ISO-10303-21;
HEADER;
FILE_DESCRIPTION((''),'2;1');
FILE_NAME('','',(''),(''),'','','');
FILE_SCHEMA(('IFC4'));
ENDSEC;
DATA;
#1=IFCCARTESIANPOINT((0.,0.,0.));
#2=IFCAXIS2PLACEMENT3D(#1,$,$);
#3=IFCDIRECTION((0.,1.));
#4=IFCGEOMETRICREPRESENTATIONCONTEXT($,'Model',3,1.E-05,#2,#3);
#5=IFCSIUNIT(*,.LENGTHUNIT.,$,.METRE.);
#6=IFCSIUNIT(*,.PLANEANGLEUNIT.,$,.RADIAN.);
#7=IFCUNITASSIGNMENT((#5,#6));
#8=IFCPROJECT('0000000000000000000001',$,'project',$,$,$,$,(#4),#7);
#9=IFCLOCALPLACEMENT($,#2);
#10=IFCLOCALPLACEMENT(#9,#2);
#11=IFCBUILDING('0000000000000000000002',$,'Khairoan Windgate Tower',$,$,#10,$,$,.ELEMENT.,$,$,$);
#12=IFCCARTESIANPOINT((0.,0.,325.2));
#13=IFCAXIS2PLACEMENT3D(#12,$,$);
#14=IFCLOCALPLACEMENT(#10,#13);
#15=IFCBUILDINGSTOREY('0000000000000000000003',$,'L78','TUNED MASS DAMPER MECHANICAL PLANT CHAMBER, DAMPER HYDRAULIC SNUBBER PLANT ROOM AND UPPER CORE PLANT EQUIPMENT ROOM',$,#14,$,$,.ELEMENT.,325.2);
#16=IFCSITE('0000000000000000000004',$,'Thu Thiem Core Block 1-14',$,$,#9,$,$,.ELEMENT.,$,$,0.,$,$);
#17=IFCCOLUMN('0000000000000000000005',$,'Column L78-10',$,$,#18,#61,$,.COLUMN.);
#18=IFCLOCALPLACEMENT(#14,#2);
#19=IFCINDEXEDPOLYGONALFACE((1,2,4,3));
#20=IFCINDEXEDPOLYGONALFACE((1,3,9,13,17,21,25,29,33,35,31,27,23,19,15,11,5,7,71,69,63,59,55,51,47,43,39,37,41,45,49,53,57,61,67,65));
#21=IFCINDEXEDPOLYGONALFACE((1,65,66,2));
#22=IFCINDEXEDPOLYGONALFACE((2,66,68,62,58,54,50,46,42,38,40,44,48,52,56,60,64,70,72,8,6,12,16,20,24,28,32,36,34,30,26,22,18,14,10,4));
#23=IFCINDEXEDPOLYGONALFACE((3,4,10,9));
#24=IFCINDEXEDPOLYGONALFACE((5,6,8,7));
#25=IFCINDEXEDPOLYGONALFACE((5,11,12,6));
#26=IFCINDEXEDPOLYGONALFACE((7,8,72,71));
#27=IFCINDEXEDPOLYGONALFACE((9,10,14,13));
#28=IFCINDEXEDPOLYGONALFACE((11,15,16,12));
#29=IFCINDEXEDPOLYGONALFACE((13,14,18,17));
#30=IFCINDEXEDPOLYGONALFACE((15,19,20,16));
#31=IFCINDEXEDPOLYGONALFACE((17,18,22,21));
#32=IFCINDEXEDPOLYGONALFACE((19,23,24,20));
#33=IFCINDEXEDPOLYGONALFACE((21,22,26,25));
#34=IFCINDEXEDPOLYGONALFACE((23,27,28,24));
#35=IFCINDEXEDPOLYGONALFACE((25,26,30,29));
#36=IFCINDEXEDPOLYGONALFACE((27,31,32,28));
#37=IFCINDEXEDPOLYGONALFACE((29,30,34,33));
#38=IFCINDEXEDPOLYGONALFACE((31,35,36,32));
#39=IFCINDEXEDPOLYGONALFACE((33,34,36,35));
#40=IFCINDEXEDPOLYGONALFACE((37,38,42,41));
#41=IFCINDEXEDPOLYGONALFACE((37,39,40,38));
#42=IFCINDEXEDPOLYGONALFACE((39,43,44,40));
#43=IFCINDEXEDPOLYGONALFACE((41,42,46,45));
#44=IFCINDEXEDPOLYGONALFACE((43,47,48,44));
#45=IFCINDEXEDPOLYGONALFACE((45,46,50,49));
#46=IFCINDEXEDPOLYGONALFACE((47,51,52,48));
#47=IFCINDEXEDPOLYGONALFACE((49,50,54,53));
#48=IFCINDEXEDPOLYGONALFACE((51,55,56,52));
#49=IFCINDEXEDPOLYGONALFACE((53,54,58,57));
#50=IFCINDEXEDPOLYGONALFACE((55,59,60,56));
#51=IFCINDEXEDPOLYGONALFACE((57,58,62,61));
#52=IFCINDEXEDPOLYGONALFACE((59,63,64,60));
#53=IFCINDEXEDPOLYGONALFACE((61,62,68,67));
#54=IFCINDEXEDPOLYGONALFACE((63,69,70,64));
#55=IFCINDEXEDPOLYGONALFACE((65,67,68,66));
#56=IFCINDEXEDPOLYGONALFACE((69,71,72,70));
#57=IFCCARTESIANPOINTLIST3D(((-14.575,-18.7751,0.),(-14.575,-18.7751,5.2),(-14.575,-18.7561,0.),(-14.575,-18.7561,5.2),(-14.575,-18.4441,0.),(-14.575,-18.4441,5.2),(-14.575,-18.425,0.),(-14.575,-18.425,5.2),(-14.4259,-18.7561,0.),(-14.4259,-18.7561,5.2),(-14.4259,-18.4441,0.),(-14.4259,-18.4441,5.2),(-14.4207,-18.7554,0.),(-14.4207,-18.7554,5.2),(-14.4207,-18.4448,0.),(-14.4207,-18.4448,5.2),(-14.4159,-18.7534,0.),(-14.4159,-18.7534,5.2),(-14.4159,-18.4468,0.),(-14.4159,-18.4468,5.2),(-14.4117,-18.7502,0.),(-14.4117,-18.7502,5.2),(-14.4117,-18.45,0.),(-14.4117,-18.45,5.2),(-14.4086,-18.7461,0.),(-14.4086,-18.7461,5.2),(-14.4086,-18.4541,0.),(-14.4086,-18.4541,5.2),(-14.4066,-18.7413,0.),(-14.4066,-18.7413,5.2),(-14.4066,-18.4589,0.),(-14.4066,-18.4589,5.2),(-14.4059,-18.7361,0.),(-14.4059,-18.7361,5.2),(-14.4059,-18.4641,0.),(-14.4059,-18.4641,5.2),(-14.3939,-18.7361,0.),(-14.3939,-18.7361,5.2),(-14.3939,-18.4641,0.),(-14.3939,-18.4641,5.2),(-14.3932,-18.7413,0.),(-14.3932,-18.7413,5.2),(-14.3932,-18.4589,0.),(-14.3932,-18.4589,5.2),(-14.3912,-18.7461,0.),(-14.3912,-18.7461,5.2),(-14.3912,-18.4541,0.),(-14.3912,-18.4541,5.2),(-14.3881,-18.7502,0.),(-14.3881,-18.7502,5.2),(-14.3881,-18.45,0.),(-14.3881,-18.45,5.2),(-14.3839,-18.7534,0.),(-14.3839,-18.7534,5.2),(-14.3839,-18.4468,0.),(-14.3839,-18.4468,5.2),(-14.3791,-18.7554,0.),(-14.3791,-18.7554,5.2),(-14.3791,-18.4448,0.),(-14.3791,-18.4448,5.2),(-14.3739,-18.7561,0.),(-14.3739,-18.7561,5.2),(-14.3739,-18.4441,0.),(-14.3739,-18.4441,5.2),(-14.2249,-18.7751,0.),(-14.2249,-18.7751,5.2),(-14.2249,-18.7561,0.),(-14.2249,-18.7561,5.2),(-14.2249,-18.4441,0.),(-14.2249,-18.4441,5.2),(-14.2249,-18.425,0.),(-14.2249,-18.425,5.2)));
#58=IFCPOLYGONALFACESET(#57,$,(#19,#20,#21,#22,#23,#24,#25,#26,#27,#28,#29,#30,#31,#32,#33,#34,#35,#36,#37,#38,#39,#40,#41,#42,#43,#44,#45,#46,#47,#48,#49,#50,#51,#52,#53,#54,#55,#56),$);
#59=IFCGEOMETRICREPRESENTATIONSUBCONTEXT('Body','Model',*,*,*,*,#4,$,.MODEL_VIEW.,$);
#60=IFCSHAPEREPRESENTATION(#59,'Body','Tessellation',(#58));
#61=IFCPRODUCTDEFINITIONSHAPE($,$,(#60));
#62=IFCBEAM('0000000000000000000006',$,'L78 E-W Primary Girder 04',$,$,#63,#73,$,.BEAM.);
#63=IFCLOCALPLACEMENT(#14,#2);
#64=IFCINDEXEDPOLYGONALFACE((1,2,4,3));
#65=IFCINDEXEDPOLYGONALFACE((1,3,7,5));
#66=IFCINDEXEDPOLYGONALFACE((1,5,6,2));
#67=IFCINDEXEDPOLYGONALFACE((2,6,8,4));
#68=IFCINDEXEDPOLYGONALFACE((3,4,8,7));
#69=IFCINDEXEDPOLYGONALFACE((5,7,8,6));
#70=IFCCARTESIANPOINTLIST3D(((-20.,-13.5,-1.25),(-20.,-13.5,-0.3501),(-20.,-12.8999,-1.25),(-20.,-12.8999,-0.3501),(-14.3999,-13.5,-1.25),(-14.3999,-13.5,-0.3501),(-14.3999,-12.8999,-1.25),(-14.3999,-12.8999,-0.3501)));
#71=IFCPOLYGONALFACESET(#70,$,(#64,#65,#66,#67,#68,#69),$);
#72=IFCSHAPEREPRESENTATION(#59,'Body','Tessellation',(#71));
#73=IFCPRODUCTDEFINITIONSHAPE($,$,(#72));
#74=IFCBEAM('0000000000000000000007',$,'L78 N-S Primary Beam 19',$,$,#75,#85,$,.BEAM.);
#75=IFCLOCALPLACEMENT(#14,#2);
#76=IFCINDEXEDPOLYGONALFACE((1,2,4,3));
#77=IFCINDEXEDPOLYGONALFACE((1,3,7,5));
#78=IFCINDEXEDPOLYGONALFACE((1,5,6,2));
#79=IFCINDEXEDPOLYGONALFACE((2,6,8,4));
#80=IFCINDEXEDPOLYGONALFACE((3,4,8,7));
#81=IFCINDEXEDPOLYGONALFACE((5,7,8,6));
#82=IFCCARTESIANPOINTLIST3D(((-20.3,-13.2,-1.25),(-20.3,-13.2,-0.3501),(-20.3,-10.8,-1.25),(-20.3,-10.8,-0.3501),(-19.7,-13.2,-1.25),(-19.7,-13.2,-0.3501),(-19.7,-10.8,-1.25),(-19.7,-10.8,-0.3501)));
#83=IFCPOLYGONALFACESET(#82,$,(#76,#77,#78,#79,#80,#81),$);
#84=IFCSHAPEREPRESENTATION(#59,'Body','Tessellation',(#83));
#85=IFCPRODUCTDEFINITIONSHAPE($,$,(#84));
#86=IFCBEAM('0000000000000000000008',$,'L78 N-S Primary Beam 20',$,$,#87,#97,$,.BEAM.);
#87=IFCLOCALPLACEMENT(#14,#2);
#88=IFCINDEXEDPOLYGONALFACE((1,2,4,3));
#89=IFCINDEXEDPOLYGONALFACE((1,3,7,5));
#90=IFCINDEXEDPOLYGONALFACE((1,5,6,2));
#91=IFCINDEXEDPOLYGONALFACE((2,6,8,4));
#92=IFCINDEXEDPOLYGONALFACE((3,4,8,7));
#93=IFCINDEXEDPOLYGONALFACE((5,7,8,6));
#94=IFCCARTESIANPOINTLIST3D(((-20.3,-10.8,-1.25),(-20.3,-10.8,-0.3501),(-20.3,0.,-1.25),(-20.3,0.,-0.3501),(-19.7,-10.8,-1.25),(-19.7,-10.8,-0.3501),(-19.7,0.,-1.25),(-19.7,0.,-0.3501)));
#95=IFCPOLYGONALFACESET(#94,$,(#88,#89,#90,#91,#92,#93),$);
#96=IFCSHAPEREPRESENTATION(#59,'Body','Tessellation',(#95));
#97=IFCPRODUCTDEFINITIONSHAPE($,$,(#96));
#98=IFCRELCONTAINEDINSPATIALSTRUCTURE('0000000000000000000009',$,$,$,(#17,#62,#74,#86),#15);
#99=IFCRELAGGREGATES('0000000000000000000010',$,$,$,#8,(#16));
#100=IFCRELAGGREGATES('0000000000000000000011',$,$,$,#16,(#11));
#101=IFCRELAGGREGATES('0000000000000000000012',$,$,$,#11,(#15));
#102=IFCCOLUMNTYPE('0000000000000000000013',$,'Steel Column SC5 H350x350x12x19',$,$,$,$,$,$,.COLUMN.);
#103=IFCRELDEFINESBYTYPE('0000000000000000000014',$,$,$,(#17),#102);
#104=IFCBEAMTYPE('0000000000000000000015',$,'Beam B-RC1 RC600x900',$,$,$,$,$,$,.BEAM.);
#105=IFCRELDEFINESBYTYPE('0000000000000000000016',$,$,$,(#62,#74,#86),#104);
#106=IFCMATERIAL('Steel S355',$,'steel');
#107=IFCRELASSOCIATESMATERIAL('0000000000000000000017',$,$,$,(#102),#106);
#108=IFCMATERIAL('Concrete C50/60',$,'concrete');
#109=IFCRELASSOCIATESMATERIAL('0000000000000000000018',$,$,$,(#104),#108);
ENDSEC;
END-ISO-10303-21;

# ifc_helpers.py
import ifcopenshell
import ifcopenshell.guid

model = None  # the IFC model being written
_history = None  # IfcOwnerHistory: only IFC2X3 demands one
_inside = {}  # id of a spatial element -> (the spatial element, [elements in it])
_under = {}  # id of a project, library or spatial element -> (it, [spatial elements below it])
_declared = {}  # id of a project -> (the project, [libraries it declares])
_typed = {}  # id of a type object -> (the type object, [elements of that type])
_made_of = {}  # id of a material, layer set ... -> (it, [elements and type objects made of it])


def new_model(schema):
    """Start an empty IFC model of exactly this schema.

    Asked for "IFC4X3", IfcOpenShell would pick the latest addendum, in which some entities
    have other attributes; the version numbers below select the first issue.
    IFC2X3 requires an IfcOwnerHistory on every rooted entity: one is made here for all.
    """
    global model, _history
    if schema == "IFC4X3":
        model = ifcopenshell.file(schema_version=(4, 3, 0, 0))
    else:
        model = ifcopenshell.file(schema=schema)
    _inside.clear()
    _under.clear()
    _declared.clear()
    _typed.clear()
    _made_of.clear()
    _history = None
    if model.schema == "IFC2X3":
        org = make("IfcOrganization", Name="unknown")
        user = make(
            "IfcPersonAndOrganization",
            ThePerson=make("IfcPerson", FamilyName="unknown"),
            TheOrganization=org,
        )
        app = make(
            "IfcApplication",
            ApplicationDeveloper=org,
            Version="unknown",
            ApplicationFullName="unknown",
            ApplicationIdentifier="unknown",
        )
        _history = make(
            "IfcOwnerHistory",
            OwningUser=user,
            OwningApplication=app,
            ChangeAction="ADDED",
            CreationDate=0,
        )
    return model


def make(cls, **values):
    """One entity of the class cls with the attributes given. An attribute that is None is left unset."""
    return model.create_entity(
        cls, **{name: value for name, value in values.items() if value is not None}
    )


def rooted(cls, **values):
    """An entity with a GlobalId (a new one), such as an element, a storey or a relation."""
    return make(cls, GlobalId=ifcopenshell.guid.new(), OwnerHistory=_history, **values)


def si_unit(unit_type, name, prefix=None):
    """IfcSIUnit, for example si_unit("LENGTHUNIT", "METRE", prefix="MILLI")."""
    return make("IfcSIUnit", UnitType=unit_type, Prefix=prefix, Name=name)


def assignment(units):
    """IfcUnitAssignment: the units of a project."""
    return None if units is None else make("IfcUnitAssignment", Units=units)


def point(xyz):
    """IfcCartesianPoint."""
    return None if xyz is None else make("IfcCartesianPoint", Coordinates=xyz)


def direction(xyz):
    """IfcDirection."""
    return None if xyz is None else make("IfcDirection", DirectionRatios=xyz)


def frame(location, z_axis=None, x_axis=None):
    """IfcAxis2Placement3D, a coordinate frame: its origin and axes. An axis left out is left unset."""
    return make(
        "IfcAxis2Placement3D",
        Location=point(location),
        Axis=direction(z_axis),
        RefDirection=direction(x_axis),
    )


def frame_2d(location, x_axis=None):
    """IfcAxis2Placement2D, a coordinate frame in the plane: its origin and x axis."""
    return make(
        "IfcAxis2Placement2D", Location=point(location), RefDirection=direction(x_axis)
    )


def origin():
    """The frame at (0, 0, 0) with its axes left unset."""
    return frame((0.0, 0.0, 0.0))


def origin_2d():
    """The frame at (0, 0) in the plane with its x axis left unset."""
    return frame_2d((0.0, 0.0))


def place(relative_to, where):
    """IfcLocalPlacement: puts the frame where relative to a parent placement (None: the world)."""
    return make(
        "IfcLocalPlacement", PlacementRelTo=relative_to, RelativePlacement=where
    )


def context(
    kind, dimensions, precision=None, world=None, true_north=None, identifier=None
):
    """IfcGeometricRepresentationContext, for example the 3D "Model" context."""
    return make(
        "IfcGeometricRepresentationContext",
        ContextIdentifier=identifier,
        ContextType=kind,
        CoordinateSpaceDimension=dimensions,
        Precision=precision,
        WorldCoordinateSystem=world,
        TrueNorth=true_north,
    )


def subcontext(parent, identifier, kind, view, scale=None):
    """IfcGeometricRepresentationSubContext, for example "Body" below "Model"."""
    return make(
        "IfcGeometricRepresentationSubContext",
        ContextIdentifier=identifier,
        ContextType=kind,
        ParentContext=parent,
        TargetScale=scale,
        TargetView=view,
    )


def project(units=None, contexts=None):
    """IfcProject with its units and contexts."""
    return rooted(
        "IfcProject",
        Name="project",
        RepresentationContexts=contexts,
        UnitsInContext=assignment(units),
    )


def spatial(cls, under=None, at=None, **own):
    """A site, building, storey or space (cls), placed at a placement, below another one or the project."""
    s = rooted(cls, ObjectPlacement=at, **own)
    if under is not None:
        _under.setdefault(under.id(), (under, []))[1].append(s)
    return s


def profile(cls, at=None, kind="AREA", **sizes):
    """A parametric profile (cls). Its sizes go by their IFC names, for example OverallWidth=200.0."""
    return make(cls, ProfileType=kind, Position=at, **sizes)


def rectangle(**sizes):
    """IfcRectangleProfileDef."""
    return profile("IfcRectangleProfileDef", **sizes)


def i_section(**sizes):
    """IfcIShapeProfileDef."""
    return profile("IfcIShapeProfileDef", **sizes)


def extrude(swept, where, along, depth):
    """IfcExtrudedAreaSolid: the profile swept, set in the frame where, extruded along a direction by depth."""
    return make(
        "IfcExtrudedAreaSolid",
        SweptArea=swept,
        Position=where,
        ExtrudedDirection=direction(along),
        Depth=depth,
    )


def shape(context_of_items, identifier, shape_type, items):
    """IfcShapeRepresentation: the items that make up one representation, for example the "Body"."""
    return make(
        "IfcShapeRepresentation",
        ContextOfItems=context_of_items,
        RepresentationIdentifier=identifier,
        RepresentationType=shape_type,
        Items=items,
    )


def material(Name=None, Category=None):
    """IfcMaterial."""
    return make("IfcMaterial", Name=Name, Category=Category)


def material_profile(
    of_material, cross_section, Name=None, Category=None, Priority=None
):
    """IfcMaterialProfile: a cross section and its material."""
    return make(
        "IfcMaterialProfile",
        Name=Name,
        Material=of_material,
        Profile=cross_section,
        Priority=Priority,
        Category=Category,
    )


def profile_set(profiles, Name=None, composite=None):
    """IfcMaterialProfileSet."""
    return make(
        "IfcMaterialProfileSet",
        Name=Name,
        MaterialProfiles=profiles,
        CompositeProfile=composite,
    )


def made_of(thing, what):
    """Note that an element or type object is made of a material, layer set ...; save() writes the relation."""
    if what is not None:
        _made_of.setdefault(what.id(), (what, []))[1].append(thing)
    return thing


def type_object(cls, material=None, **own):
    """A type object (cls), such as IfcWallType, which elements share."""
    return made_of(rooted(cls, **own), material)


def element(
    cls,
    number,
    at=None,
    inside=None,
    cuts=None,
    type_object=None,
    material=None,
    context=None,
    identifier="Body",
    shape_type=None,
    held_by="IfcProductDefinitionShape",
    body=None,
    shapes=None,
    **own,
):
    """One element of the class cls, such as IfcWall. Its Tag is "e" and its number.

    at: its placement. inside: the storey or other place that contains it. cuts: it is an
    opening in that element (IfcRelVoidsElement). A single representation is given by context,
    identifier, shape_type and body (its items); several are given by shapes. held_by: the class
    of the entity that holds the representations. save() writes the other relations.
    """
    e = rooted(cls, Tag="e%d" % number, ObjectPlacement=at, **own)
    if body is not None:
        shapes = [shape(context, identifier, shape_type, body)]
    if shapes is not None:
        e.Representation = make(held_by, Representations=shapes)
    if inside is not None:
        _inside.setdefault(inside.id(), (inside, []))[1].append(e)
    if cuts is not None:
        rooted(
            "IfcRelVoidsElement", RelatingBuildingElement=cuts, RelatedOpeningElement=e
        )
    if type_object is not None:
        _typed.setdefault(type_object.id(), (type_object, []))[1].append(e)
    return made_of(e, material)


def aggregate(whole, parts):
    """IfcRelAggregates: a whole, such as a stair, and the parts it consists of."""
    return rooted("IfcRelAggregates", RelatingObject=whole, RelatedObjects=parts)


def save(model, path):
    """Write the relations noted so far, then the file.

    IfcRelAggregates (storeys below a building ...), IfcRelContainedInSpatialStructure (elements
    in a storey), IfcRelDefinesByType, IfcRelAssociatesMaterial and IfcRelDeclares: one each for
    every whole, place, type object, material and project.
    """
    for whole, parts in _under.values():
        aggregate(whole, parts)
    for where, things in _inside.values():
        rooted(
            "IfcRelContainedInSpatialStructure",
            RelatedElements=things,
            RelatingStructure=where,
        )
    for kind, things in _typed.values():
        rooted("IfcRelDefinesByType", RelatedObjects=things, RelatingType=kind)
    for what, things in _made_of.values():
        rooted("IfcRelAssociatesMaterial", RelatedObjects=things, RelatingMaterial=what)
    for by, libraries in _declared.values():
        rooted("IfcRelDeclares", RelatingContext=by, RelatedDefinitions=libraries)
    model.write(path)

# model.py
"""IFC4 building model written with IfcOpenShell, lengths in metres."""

from ifc_helpers import new_model, si_unit, direction, frame, origin, origin_2d, place, context, subcontext, project, spatial, rectangle, i_section, extrude, material, material_profile, profile_set, type_object, element, save


model = new_model("IFC4")

# Units and contexts
model_context = context("Model", 3, precision=1e-05, world=origin(), true_north=direction((0.0, 1.0)))
body_context = subcontext(model_context, "Body", "Model", "MODEL_VIEW")
ifc_project = project(units=[si_unit("LENGTHUNIT", "METRE"), si_unit("PLANEANGLEUNIT", "RADIAN")], contexts=[model_context])

# Site, building, storey
site_placement = place(None, origin())
site = spatial("IfcSite", under=ifc_project, at=site_placement, Name="Thu Thiem Core Block 1-14", CompositionType="ELEMENT", RefElevation=0.0)
building_placement = place(site_placement, origin())
building = spatial("IfcBuilding", under=site, at=building_placement, Name="Khairoan Windgate Tower", CompositionType="ELEMENT")
storey_placement = place(building_placement, frame((0.0, 0.0, 325.2)))
storey = spatial("IfcBuildingStorey", under=building, at=storey_placement, Name="L78", Description="TUNED MASS DAMPER MECHANICAL PLANT CHAMBER, DAMPER HYDRAULIC SNUBBER PLANT ROOM AND UPPER CORE PLANT EQUIPMENT ROOM", CompositionType="ELEMENT", Elevation=325.2)

# Column
ifc_material_1 = material(Name="Steel S355", Category="steel")
ifc_material_profile_1 = material_profile(ifc_material_1, i_section(OverallWidth=0.3501, OverallDepth=0.3501, WebThickness=0.012, FlangeThickness=0.019, FilletRadius=0.02, at=origin_2d()))
ifc_profile_set_1 = profile_set([ifc_material_profile_1], Name="Steel S355")
column_type = type_object("IfcColumnType", Name="Steel Column SC5 H350x350x12x19", PredefinedType="COLUMN", material=ifc_profile_set_1)
column_placement = place(storey_placement, frame((-14.3999, -18.6001, 0.0), z_axis=(0.0, 0.0, 1.0), x_axis=(1.0, 0.0, 0.0)))
element("IfcColumn", 1, at=column_placement, inside=storey, type_object=column_type, Name="Column L78-10", PredefinedType="COLUMN", context=body_context, shape_type="SweptSolid", body=[
    extrude(i_section(OverallWidth=0.3501, OverallDepth=0.3501, WebThickness=0.012, FlangeThickness=0.019, FilletRadius=0.02, at=origin_2d()), origin(), (0.0, 0.0, 1.0), 5.2),
])

# Beams
ifc_material_2 = material(Name="Concrete C50/60", Category="concrete")
ifc_material_profile_2 = material_profile(ifc_material_2, rectangle(XDim=0.6001, YDim=0.8999, at=origin_2d()))
ifc_profile_set_2 = profile_set([ifc_material_profile_2], Name="Concrete C50/60")
beam_type = type_object("IfcBeamType", Name="Beam B-RC1 RC600x900", PredefinedType="BEAM", material=ifc_profile_set_2)
beam_1_placement = place(storey_placement, frame((-20.0, -13.2, -0.8), z_axis=(1.0, 0.0, 0.0), x_axis=(0.0, 1.0, 0.0)))
element("IfcBeam", 2, at=beam_1_placement, inside=storey, type_object=beam_type, Name="L78 E-W Primary Girder 04", PredefinedType="BEAM", context=body_context, shape_type="SweptSolid", body=[
    extrude(rectangle(XDim=0.6001, YDim=0.8999, at=origin_2d()), origin(), (0.0, 0.0, 1.0), 5.6001),
])
beam_2_placement = place(storey_placement, frame((-20.0, -13.2, -0.8), z_axis=(0.0, 1.0, 0.0), x_axis=(-1.0, 0.0, 0.0)))
element("IfcBeam", 3, at=beam_2_placement, inside=storey, type_object=beam_type, Name="L78 N-S Primary Beam 19", PredefinedType="BEAM", context=body_context, shape_type="SweptSolid", body=[
    extrude(rectangle(XDim=0.6001, YDim=0.8999, at=origin_2d()), origin(), (0.0, 0.0, 1.0), 2.3999),
])
beam_3_placement = place(storey_placement, frame((-20.0, -10.8, -0.8), z_axis=(0.0, 1.0, 0.0), x_axis=(-1.0, 0.0, 0.0)))
element("IfcBeam", 4, at=beam_3_placement, inside=storey, type_object=beam_type, Name="L78 N-S Primary Beam 20", PredefinedType="BEAM", context=body_context, shape_type="SweptSolid", body=[
    extrude(rectangle(XDim=0.6001, YDim=0.8999, at=origin_2d()), origin(), (0.0, 0.0, 1.0), 10.8),
])

save(model, "model.ifc")
